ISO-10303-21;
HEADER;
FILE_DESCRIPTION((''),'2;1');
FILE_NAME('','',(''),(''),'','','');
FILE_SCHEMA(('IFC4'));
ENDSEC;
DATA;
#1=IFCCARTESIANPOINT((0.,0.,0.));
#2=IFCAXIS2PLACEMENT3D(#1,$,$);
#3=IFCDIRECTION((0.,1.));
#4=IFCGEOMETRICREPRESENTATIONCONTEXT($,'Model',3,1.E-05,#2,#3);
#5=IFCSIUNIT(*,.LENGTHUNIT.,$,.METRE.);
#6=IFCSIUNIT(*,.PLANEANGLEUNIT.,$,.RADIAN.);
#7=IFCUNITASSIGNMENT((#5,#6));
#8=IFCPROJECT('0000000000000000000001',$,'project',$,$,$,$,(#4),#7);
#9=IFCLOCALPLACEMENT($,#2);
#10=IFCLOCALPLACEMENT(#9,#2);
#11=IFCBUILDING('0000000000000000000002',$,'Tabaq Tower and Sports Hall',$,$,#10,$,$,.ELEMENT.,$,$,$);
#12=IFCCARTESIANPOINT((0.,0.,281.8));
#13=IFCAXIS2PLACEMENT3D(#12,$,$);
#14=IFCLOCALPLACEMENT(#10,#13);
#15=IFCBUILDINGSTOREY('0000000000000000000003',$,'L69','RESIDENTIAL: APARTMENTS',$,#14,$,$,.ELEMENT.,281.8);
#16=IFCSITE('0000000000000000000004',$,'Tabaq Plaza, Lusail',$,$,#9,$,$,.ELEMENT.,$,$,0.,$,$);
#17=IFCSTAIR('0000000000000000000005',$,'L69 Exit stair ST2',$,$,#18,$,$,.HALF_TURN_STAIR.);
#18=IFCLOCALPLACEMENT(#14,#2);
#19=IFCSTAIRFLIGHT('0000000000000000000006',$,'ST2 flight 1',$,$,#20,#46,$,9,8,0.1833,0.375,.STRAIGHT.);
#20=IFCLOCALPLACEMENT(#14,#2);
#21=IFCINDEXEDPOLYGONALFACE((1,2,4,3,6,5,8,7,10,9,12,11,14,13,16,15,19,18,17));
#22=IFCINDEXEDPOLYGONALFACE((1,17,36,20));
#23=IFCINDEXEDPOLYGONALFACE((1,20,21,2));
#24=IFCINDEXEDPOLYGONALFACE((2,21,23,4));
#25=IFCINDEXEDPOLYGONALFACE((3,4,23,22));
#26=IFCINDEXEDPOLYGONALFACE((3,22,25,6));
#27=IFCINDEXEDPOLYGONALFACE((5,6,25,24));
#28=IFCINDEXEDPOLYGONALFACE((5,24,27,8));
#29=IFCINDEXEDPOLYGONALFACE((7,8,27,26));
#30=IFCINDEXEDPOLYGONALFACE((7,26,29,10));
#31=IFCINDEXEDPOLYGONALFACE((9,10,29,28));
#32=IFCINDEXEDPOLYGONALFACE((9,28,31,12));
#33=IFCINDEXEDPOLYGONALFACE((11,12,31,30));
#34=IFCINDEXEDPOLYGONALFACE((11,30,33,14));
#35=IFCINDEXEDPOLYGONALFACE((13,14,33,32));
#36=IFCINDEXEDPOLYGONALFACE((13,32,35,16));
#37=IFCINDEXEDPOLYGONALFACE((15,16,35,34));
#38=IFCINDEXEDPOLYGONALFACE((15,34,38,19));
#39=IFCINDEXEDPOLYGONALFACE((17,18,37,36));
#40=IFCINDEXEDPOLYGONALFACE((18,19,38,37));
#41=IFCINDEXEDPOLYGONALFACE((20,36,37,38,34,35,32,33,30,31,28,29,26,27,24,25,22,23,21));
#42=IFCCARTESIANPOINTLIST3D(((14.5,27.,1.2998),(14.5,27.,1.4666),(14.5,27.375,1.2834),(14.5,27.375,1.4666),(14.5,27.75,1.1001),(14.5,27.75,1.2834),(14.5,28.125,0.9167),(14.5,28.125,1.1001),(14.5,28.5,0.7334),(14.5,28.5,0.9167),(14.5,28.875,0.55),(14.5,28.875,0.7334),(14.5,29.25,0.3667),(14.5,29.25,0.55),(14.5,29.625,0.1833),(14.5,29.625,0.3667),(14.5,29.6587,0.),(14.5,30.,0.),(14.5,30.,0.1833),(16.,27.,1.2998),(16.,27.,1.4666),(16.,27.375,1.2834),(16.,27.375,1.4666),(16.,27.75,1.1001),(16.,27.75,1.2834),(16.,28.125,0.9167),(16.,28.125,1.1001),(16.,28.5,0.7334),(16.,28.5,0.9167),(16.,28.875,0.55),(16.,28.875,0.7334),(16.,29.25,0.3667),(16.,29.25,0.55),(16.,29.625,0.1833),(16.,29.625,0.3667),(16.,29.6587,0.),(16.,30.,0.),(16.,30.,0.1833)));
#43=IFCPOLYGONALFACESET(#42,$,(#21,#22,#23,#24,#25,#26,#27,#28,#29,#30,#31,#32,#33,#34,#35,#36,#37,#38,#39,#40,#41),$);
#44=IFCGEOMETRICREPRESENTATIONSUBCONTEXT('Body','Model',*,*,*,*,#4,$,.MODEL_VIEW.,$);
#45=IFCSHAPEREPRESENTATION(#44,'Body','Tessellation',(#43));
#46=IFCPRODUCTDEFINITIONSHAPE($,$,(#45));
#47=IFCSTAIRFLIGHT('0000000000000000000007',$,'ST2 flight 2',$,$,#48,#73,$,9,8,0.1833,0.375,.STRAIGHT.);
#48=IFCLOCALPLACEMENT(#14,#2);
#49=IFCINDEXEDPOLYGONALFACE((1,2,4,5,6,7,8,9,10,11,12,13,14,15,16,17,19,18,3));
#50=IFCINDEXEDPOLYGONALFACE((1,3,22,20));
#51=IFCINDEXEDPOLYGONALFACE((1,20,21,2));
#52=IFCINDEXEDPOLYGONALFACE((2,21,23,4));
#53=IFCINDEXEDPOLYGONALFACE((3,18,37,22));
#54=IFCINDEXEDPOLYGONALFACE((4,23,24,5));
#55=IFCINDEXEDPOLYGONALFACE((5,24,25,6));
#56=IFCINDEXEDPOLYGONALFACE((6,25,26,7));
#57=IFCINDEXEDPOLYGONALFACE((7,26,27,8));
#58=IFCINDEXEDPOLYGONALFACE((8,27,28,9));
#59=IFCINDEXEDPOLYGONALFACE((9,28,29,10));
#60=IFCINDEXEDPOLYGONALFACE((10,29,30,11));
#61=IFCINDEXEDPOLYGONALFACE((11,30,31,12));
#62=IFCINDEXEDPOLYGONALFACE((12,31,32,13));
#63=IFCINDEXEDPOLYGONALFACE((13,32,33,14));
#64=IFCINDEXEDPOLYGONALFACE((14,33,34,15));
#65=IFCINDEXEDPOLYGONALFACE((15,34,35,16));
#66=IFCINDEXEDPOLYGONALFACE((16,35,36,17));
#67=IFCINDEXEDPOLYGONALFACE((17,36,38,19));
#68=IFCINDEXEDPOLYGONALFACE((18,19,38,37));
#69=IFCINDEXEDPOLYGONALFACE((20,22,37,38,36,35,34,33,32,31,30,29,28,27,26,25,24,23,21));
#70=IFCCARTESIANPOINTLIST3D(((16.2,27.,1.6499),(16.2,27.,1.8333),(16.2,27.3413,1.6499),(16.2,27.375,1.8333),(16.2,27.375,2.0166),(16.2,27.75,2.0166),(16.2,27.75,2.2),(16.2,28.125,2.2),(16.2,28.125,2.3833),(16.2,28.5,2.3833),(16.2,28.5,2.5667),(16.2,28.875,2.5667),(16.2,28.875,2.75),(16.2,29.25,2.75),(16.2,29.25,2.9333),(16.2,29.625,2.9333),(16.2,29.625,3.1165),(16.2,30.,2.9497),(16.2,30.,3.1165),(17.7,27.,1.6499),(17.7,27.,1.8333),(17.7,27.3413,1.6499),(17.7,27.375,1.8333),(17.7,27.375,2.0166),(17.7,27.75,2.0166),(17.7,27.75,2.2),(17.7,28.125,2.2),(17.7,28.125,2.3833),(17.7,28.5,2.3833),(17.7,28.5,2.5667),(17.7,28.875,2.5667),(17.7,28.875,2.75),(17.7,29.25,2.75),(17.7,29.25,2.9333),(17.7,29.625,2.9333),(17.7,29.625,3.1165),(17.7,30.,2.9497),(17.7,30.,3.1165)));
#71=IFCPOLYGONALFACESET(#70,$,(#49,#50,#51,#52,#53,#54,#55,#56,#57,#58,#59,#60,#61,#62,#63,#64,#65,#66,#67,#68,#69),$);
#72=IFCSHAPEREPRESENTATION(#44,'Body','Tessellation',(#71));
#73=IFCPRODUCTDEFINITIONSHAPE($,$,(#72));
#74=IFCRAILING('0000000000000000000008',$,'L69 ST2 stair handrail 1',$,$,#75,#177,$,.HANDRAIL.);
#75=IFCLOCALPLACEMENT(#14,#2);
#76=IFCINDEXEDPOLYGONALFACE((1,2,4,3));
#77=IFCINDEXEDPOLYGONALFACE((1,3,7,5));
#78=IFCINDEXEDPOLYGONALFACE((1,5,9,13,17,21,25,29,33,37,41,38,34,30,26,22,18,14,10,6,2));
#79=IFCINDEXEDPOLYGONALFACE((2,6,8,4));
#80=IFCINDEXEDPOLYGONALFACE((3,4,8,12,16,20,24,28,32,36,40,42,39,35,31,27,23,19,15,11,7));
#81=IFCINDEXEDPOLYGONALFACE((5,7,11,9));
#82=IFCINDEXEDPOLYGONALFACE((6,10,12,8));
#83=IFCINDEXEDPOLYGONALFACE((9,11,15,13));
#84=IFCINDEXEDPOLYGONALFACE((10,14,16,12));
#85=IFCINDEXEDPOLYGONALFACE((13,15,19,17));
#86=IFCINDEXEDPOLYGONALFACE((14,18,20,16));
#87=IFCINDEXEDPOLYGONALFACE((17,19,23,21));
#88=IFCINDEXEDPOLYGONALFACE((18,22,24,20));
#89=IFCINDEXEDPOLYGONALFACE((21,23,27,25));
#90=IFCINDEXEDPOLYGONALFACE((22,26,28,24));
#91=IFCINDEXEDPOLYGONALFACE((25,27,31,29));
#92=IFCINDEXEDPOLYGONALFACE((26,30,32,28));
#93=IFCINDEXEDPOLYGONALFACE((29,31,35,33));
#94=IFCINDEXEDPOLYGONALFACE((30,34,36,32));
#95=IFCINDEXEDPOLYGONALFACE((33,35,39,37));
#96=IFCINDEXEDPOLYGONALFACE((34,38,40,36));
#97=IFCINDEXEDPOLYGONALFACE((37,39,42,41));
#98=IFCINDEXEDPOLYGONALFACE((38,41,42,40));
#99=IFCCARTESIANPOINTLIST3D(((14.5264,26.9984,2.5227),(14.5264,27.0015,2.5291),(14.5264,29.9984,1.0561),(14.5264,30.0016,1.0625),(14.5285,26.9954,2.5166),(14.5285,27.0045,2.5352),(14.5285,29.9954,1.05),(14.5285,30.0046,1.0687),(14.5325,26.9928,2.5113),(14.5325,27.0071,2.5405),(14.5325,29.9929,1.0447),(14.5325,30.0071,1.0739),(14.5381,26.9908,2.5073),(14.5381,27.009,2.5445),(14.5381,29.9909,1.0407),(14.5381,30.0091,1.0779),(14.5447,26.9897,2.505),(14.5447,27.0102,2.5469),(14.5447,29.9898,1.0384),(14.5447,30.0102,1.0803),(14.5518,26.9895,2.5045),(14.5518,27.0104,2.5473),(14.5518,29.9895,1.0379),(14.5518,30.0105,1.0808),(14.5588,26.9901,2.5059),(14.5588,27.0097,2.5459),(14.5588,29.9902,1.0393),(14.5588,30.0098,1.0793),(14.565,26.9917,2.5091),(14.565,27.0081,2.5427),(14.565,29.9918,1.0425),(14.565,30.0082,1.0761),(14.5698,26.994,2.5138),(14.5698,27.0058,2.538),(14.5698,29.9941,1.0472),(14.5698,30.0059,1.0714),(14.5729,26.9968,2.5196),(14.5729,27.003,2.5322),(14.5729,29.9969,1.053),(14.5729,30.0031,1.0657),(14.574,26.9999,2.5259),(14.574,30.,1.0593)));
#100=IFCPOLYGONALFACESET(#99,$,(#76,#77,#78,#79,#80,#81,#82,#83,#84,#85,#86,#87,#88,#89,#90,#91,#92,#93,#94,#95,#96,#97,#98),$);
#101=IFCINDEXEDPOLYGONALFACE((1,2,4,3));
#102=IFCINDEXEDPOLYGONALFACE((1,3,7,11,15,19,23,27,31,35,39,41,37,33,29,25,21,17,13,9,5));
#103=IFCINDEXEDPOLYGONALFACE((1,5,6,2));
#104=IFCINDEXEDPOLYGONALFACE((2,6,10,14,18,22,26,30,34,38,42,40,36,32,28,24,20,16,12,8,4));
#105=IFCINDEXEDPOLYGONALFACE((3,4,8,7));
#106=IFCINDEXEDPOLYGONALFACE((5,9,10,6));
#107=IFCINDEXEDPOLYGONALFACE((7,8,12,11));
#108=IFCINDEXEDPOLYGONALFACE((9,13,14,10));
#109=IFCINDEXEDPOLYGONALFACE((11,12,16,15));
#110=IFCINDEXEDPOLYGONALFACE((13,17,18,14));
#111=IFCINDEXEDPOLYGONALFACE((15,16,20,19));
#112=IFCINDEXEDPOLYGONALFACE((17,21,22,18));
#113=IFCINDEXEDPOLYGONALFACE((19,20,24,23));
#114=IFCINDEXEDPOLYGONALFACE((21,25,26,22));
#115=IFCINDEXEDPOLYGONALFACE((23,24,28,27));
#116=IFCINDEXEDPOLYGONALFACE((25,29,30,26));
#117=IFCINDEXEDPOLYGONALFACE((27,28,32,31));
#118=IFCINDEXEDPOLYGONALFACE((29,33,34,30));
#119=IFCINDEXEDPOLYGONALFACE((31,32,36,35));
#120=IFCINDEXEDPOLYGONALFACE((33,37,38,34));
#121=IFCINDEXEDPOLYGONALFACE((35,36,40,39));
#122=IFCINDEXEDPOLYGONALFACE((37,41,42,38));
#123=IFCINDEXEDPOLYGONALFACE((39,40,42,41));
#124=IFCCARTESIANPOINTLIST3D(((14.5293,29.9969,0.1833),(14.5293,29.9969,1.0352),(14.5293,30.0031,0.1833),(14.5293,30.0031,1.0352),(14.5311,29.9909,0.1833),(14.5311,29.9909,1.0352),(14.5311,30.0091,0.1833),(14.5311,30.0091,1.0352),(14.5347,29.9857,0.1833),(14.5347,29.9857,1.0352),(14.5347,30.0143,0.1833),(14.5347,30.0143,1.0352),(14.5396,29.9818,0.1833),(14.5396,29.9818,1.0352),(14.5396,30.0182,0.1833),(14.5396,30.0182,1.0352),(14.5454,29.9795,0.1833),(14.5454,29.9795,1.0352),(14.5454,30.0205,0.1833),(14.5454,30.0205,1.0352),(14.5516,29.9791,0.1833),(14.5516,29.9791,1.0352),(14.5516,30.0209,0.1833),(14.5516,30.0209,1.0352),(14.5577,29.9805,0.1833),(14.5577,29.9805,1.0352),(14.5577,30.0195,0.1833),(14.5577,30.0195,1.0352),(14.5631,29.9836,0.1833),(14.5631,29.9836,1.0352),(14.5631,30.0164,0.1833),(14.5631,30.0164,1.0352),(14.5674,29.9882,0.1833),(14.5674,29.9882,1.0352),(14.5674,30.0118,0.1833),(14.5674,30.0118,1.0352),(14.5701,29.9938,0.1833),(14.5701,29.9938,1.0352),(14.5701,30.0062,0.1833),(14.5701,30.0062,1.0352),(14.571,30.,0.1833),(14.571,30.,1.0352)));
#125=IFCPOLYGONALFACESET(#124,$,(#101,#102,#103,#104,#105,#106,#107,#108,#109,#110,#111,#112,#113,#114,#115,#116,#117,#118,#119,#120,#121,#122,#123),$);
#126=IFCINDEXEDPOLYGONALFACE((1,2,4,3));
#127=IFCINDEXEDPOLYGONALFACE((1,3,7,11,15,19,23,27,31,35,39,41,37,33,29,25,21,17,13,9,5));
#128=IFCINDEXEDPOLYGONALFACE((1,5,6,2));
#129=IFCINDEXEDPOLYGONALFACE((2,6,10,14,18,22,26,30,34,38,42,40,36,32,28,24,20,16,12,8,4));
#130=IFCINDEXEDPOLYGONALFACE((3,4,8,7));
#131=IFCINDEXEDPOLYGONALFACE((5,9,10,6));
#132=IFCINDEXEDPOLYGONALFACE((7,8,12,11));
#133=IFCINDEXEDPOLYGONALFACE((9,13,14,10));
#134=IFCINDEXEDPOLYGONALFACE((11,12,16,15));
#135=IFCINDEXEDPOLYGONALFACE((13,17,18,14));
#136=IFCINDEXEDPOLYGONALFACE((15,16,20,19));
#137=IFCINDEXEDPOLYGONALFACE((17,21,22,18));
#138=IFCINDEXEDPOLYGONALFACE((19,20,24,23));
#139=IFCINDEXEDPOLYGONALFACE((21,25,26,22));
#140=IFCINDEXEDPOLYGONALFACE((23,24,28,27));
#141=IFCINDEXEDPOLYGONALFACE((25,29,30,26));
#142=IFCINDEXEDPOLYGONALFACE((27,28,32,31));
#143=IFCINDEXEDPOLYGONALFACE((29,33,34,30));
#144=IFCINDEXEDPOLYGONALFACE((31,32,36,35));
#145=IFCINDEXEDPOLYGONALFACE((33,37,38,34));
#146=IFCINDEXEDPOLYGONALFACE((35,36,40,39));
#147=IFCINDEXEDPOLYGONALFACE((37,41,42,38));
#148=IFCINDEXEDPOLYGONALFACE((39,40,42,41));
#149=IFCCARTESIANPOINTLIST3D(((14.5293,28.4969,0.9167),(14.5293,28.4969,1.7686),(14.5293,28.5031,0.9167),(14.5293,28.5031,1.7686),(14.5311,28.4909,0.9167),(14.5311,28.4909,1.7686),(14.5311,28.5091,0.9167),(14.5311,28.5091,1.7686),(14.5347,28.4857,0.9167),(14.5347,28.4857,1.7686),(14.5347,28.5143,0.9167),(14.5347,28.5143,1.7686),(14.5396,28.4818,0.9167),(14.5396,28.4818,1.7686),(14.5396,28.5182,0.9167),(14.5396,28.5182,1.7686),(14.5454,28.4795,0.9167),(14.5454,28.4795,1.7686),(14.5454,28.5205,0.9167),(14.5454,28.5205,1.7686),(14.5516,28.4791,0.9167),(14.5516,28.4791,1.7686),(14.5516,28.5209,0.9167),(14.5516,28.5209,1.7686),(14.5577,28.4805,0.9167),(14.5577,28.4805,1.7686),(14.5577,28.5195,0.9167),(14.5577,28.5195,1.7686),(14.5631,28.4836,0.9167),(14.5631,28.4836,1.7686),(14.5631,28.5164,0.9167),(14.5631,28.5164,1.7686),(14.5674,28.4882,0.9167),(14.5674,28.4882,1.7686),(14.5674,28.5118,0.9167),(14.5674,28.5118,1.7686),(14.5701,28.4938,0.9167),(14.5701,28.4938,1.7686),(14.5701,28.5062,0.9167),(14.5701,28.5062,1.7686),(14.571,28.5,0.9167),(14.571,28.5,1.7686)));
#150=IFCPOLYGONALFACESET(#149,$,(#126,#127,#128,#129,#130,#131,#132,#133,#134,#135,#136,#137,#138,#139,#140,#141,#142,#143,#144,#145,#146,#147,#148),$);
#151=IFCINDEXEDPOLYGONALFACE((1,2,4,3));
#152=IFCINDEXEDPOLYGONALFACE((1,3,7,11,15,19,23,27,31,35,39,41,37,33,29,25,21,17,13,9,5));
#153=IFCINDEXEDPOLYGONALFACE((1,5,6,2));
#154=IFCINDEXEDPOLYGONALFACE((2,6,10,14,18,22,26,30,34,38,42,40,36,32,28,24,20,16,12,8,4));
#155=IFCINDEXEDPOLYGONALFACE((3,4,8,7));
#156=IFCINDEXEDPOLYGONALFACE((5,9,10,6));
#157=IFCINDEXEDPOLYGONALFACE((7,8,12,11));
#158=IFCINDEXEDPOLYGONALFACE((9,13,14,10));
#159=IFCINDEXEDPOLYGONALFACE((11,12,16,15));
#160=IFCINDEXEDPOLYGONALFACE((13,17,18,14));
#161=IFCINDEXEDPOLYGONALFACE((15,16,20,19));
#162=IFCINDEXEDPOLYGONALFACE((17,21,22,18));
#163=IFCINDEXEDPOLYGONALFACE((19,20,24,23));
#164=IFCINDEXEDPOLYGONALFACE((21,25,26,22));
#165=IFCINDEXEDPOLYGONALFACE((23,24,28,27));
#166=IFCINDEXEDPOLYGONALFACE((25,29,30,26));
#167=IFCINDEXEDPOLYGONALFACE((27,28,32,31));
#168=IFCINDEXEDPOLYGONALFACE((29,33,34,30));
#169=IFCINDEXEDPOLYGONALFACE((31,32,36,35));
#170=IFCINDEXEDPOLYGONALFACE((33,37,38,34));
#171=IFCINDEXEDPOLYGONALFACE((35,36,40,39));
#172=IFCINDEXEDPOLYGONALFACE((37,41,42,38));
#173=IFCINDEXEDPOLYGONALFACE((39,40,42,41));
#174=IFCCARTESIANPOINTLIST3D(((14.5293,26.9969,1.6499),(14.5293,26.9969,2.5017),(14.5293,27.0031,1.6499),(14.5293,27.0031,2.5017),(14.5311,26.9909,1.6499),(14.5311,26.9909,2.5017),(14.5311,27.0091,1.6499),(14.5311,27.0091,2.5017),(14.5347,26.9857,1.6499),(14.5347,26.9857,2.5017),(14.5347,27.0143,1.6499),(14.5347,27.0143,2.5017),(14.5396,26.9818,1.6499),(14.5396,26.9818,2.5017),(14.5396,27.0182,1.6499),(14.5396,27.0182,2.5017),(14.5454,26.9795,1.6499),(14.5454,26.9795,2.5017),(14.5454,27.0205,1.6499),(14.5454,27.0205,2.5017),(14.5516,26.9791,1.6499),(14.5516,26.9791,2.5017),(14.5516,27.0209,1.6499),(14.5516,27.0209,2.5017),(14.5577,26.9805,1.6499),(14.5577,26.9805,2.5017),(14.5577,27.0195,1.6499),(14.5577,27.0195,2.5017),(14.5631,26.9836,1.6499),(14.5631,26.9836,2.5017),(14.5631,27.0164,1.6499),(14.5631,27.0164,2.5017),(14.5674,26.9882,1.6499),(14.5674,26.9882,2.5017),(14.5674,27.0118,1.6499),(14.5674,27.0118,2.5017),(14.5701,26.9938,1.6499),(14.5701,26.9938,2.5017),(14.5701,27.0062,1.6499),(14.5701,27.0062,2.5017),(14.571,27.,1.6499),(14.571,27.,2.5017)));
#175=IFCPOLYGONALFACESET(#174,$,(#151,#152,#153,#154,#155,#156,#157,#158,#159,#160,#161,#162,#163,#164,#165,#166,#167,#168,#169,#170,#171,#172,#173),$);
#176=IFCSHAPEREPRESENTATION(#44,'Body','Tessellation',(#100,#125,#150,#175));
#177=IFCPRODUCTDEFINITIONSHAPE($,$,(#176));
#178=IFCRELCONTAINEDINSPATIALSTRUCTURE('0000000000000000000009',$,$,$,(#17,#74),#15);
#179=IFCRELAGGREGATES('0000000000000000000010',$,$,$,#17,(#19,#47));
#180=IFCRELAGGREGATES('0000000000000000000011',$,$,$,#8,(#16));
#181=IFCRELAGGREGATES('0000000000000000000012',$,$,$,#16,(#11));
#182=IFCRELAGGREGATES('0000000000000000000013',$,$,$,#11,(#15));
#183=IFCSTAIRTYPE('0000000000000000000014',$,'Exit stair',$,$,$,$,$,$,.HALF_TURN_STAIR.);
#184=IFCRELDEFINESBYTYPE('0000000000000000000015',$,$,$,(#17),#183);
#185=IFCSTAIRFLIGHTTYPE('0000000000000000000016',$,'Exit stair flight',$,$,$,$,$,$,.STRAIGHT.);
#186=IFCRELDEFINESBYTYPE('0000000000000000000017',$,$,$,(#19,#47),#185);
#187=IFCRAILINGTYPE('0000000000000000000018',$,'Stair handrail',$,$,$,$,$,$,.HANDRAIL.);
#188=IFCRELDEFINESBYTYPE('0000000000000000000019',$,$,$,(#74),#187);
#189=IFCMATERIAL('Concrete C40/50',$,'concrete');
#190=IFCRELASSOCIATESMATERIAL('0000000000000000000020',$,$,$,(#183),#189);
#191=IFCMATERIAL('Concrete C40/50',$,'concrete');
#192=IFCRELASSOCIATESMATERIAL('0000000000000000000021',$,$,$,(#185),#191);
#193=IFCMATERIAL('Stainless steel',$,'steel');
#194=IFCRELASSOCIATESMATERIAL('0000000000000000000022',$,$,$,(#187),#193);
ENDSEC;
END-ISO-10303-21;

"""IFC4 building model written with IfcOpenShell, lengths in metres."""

from ifc_helpers import new_model, si_unit, direction, frame, origin, origin_2d, place, context, subcontext, project, spatial, polyline, circle, outline, extrude, material, type_object, element, aggregate, save


model = new_model("IFC4")

# Units and contexts
model_context = context("Model", 3, precision=1e-05, world=origin(), true_north=direction((0.0, 1.0)))
body_context = subcontext(model_context, "Body", "Model", "MODEL_VIEW")
ifc_project = project(units=[si_unit("LENGTHUNIT", "METRE"), si_unit("PLANEANGLEUNIT", "RADIAN")], contexts=[model_context])

# Site, building, storey
site_placement = place(None, origin())
site = spatial("IfcSite", under=ifc_project, at=site_placement, Name="Tabaq Plaza, Lusail", CompositionType="ELEMENT", RefElevation=0.0)
building_placement = place(site_placement, origin())
building = spatial("IfcBuilding", under=site, at=building_placement, Name="Tabaq Tower and Sports Hall", CompositionType="ELEMENT")
storey_placement = place(building_placement, frame((0.0, 0.0, 281.8)))
storey = spatial("IfcBuildingStorey", under=building, at=storey_placement, Name="L69", Description="RESIDENTIAL: APARTMENTS", CompositionType="ELEMENT", Elevation=281.8)

# Stair, stair flights
ifc_material_1 = material(Name="Concrete C40/50", Category="concrete")
stair_type = type_object("IfcStairType", Name="Exit stair", PredefinedType="HALF_TURN_STAIR", material=ifc_material_1)
stair_placement = place(storey_placement, origin())
stair = element("IfcStair", 1, at=stair_placement, inside=storey, type_object=stair_type, Name="L69 Exit stair ST2", PredefinedType="HALF_TURN_STAIR")
ifc_material_2 = material(Name="Concrete C40/50", Category="concrete")
stair_flight_type = type_object("IfcStairFlightType", Name="Exit stair flight", PredefinedType="STRAIGHT", material=ifc_material_2)
stair_flight_1_placement = place(storey_placement, frame((15.25, 30.0, 0.0), z_axis=(0.0, 0.0, 1.0), x_axis=(0.0, -1.0, 0.0)))
stair_flight_1 = element("IfcStairFlight", 2, at=stair_flight_1_placement, type_object=stair_flight_type, Name="ST2 flight 1", NumberOfRisers=9, NumberOfTreads=8, PredefinedType="STRAIGHT", RiserHeight=0.1833, TreadLength=0.375, context=body_context, shape_type="SweptSolid", body=[
    extrude(outline(polyline([(0.0, 0.0), (0.0, 0.1833), (0.375, 0.1833), (0.375, 0.3667), (0.75, 0.3667), (0.75, 0.55), (1.125, 0.55), (1.125, 0.7334), (1.5, 0.7334), (1.5, 0.9167), (1.875, 0.9167), (1.875, 1.1001), (2.25, 1.1001), (2.25, 1.2834), (2.625, 1.2834), (2.625, 1.4666), (3.0, 1.4666), (3.0, 1.6499), (3.0, 1.2998), (0.3413, 0.0), (0.0, 0.0)])), frame((0.0, 0.75, 0.0), z_axis=(0.0, -1.0, 0.0), x_axis=(1.0, 0.0, 0.0)), (0.0, 0.0, 1.0), 1.5),
])
stair_flight_2_placement = place(storey_placement, frame((16.95, 27.0, 1.6499), z_axis=(0.0, 0.0, 1.0), x_axis=(0.0, 1.0, 0.0)))
stair_flight_2 = element("IfcStairFlight", 3, at=stair_flight_2_placement, type_object=stair_flight_type, Name="ST2 flight 2", NumberOfRisers=9, NumberOfTreads=8, PredefinedType="STRAIGHT", RiserHeight=0.1833, TreadLength=0.375, context=body_context, shape_type="SweptSolid", body=[
    extrude(outline(polyline([(0.0, 0.0), (0.0, 0.1833), (0.375, 0.1833), (0.375, 0.3667), (0.75, 0.3667), (0.75, 0.55), (1.125, 0.55), (1.125, 0.7334), (1.5, 0.7334), (1.5, 0.9167), (1.875, 0.9167), (1.875, 1.1001), (2.25, 1.1001), (2.25, 1.2834), (2.625, 1.2834), (2.625, 1.4666), (3.0, 1.4666), (3.0, 1.6499), (3.0, 1.2998), (0.3413, 0.0), (0.0, 0.0)])), frame((0.0, 0.75, 0.0), z_axis=(0.0, -1.0, 0.0), x_axis=(1.0, 0.0, 0.0)), (0.0, 0.0, 1.0), 1.5),
])
aggregate(stair, [stair_flight_1, stair_flight_2])

# Railing
ifc_material_3 = material(Name="Stainless steel", Category="steel")
railing_type_1 = type_object("IfcRailingType", Name="Stair handrail", PredefinedType="HANDRAIL", material=ifc_material_3)
railing_1_placement = place(storey_placement, frame((14.55, 30.0, 0.1833)))
element("IfcRailing", 4, at=railing_1_placement, inside=storey, type_object=railing_type_1, Name="L69 ST2 stair handrail 1", PredefinedType="HANDRAIL", context=body_context, shape_type="SweptSolid", body=[
    extrude(circle(Radius=0.0239, at=origin_2d()), frame((0.0, 0.0, 0.876), z_axis=(0.0, -0.898398, 0.439183), x_axis=(1.0, 0.0, 0.0)), (0.0, 0.0, 1.0), 3.3394),
    extrude(circle(Radius=0.021, at=origin_2d()), origin(), (0.0, 0.0, 1.0), 0.8518),
    extrude(circle(Radius=0.021, at=origin_2d()), frame((0.0, -1.5, 0.7334)), (0.0, 0.0, 1.0), 0.8518),
    extrude(circle(Radius=0.021, at=origin_2d()), frame((0.0, -3.0, 1.4666)), (0.0, 0.0, 1.0), 0.8518),
])

save(model, "model.ifc")
